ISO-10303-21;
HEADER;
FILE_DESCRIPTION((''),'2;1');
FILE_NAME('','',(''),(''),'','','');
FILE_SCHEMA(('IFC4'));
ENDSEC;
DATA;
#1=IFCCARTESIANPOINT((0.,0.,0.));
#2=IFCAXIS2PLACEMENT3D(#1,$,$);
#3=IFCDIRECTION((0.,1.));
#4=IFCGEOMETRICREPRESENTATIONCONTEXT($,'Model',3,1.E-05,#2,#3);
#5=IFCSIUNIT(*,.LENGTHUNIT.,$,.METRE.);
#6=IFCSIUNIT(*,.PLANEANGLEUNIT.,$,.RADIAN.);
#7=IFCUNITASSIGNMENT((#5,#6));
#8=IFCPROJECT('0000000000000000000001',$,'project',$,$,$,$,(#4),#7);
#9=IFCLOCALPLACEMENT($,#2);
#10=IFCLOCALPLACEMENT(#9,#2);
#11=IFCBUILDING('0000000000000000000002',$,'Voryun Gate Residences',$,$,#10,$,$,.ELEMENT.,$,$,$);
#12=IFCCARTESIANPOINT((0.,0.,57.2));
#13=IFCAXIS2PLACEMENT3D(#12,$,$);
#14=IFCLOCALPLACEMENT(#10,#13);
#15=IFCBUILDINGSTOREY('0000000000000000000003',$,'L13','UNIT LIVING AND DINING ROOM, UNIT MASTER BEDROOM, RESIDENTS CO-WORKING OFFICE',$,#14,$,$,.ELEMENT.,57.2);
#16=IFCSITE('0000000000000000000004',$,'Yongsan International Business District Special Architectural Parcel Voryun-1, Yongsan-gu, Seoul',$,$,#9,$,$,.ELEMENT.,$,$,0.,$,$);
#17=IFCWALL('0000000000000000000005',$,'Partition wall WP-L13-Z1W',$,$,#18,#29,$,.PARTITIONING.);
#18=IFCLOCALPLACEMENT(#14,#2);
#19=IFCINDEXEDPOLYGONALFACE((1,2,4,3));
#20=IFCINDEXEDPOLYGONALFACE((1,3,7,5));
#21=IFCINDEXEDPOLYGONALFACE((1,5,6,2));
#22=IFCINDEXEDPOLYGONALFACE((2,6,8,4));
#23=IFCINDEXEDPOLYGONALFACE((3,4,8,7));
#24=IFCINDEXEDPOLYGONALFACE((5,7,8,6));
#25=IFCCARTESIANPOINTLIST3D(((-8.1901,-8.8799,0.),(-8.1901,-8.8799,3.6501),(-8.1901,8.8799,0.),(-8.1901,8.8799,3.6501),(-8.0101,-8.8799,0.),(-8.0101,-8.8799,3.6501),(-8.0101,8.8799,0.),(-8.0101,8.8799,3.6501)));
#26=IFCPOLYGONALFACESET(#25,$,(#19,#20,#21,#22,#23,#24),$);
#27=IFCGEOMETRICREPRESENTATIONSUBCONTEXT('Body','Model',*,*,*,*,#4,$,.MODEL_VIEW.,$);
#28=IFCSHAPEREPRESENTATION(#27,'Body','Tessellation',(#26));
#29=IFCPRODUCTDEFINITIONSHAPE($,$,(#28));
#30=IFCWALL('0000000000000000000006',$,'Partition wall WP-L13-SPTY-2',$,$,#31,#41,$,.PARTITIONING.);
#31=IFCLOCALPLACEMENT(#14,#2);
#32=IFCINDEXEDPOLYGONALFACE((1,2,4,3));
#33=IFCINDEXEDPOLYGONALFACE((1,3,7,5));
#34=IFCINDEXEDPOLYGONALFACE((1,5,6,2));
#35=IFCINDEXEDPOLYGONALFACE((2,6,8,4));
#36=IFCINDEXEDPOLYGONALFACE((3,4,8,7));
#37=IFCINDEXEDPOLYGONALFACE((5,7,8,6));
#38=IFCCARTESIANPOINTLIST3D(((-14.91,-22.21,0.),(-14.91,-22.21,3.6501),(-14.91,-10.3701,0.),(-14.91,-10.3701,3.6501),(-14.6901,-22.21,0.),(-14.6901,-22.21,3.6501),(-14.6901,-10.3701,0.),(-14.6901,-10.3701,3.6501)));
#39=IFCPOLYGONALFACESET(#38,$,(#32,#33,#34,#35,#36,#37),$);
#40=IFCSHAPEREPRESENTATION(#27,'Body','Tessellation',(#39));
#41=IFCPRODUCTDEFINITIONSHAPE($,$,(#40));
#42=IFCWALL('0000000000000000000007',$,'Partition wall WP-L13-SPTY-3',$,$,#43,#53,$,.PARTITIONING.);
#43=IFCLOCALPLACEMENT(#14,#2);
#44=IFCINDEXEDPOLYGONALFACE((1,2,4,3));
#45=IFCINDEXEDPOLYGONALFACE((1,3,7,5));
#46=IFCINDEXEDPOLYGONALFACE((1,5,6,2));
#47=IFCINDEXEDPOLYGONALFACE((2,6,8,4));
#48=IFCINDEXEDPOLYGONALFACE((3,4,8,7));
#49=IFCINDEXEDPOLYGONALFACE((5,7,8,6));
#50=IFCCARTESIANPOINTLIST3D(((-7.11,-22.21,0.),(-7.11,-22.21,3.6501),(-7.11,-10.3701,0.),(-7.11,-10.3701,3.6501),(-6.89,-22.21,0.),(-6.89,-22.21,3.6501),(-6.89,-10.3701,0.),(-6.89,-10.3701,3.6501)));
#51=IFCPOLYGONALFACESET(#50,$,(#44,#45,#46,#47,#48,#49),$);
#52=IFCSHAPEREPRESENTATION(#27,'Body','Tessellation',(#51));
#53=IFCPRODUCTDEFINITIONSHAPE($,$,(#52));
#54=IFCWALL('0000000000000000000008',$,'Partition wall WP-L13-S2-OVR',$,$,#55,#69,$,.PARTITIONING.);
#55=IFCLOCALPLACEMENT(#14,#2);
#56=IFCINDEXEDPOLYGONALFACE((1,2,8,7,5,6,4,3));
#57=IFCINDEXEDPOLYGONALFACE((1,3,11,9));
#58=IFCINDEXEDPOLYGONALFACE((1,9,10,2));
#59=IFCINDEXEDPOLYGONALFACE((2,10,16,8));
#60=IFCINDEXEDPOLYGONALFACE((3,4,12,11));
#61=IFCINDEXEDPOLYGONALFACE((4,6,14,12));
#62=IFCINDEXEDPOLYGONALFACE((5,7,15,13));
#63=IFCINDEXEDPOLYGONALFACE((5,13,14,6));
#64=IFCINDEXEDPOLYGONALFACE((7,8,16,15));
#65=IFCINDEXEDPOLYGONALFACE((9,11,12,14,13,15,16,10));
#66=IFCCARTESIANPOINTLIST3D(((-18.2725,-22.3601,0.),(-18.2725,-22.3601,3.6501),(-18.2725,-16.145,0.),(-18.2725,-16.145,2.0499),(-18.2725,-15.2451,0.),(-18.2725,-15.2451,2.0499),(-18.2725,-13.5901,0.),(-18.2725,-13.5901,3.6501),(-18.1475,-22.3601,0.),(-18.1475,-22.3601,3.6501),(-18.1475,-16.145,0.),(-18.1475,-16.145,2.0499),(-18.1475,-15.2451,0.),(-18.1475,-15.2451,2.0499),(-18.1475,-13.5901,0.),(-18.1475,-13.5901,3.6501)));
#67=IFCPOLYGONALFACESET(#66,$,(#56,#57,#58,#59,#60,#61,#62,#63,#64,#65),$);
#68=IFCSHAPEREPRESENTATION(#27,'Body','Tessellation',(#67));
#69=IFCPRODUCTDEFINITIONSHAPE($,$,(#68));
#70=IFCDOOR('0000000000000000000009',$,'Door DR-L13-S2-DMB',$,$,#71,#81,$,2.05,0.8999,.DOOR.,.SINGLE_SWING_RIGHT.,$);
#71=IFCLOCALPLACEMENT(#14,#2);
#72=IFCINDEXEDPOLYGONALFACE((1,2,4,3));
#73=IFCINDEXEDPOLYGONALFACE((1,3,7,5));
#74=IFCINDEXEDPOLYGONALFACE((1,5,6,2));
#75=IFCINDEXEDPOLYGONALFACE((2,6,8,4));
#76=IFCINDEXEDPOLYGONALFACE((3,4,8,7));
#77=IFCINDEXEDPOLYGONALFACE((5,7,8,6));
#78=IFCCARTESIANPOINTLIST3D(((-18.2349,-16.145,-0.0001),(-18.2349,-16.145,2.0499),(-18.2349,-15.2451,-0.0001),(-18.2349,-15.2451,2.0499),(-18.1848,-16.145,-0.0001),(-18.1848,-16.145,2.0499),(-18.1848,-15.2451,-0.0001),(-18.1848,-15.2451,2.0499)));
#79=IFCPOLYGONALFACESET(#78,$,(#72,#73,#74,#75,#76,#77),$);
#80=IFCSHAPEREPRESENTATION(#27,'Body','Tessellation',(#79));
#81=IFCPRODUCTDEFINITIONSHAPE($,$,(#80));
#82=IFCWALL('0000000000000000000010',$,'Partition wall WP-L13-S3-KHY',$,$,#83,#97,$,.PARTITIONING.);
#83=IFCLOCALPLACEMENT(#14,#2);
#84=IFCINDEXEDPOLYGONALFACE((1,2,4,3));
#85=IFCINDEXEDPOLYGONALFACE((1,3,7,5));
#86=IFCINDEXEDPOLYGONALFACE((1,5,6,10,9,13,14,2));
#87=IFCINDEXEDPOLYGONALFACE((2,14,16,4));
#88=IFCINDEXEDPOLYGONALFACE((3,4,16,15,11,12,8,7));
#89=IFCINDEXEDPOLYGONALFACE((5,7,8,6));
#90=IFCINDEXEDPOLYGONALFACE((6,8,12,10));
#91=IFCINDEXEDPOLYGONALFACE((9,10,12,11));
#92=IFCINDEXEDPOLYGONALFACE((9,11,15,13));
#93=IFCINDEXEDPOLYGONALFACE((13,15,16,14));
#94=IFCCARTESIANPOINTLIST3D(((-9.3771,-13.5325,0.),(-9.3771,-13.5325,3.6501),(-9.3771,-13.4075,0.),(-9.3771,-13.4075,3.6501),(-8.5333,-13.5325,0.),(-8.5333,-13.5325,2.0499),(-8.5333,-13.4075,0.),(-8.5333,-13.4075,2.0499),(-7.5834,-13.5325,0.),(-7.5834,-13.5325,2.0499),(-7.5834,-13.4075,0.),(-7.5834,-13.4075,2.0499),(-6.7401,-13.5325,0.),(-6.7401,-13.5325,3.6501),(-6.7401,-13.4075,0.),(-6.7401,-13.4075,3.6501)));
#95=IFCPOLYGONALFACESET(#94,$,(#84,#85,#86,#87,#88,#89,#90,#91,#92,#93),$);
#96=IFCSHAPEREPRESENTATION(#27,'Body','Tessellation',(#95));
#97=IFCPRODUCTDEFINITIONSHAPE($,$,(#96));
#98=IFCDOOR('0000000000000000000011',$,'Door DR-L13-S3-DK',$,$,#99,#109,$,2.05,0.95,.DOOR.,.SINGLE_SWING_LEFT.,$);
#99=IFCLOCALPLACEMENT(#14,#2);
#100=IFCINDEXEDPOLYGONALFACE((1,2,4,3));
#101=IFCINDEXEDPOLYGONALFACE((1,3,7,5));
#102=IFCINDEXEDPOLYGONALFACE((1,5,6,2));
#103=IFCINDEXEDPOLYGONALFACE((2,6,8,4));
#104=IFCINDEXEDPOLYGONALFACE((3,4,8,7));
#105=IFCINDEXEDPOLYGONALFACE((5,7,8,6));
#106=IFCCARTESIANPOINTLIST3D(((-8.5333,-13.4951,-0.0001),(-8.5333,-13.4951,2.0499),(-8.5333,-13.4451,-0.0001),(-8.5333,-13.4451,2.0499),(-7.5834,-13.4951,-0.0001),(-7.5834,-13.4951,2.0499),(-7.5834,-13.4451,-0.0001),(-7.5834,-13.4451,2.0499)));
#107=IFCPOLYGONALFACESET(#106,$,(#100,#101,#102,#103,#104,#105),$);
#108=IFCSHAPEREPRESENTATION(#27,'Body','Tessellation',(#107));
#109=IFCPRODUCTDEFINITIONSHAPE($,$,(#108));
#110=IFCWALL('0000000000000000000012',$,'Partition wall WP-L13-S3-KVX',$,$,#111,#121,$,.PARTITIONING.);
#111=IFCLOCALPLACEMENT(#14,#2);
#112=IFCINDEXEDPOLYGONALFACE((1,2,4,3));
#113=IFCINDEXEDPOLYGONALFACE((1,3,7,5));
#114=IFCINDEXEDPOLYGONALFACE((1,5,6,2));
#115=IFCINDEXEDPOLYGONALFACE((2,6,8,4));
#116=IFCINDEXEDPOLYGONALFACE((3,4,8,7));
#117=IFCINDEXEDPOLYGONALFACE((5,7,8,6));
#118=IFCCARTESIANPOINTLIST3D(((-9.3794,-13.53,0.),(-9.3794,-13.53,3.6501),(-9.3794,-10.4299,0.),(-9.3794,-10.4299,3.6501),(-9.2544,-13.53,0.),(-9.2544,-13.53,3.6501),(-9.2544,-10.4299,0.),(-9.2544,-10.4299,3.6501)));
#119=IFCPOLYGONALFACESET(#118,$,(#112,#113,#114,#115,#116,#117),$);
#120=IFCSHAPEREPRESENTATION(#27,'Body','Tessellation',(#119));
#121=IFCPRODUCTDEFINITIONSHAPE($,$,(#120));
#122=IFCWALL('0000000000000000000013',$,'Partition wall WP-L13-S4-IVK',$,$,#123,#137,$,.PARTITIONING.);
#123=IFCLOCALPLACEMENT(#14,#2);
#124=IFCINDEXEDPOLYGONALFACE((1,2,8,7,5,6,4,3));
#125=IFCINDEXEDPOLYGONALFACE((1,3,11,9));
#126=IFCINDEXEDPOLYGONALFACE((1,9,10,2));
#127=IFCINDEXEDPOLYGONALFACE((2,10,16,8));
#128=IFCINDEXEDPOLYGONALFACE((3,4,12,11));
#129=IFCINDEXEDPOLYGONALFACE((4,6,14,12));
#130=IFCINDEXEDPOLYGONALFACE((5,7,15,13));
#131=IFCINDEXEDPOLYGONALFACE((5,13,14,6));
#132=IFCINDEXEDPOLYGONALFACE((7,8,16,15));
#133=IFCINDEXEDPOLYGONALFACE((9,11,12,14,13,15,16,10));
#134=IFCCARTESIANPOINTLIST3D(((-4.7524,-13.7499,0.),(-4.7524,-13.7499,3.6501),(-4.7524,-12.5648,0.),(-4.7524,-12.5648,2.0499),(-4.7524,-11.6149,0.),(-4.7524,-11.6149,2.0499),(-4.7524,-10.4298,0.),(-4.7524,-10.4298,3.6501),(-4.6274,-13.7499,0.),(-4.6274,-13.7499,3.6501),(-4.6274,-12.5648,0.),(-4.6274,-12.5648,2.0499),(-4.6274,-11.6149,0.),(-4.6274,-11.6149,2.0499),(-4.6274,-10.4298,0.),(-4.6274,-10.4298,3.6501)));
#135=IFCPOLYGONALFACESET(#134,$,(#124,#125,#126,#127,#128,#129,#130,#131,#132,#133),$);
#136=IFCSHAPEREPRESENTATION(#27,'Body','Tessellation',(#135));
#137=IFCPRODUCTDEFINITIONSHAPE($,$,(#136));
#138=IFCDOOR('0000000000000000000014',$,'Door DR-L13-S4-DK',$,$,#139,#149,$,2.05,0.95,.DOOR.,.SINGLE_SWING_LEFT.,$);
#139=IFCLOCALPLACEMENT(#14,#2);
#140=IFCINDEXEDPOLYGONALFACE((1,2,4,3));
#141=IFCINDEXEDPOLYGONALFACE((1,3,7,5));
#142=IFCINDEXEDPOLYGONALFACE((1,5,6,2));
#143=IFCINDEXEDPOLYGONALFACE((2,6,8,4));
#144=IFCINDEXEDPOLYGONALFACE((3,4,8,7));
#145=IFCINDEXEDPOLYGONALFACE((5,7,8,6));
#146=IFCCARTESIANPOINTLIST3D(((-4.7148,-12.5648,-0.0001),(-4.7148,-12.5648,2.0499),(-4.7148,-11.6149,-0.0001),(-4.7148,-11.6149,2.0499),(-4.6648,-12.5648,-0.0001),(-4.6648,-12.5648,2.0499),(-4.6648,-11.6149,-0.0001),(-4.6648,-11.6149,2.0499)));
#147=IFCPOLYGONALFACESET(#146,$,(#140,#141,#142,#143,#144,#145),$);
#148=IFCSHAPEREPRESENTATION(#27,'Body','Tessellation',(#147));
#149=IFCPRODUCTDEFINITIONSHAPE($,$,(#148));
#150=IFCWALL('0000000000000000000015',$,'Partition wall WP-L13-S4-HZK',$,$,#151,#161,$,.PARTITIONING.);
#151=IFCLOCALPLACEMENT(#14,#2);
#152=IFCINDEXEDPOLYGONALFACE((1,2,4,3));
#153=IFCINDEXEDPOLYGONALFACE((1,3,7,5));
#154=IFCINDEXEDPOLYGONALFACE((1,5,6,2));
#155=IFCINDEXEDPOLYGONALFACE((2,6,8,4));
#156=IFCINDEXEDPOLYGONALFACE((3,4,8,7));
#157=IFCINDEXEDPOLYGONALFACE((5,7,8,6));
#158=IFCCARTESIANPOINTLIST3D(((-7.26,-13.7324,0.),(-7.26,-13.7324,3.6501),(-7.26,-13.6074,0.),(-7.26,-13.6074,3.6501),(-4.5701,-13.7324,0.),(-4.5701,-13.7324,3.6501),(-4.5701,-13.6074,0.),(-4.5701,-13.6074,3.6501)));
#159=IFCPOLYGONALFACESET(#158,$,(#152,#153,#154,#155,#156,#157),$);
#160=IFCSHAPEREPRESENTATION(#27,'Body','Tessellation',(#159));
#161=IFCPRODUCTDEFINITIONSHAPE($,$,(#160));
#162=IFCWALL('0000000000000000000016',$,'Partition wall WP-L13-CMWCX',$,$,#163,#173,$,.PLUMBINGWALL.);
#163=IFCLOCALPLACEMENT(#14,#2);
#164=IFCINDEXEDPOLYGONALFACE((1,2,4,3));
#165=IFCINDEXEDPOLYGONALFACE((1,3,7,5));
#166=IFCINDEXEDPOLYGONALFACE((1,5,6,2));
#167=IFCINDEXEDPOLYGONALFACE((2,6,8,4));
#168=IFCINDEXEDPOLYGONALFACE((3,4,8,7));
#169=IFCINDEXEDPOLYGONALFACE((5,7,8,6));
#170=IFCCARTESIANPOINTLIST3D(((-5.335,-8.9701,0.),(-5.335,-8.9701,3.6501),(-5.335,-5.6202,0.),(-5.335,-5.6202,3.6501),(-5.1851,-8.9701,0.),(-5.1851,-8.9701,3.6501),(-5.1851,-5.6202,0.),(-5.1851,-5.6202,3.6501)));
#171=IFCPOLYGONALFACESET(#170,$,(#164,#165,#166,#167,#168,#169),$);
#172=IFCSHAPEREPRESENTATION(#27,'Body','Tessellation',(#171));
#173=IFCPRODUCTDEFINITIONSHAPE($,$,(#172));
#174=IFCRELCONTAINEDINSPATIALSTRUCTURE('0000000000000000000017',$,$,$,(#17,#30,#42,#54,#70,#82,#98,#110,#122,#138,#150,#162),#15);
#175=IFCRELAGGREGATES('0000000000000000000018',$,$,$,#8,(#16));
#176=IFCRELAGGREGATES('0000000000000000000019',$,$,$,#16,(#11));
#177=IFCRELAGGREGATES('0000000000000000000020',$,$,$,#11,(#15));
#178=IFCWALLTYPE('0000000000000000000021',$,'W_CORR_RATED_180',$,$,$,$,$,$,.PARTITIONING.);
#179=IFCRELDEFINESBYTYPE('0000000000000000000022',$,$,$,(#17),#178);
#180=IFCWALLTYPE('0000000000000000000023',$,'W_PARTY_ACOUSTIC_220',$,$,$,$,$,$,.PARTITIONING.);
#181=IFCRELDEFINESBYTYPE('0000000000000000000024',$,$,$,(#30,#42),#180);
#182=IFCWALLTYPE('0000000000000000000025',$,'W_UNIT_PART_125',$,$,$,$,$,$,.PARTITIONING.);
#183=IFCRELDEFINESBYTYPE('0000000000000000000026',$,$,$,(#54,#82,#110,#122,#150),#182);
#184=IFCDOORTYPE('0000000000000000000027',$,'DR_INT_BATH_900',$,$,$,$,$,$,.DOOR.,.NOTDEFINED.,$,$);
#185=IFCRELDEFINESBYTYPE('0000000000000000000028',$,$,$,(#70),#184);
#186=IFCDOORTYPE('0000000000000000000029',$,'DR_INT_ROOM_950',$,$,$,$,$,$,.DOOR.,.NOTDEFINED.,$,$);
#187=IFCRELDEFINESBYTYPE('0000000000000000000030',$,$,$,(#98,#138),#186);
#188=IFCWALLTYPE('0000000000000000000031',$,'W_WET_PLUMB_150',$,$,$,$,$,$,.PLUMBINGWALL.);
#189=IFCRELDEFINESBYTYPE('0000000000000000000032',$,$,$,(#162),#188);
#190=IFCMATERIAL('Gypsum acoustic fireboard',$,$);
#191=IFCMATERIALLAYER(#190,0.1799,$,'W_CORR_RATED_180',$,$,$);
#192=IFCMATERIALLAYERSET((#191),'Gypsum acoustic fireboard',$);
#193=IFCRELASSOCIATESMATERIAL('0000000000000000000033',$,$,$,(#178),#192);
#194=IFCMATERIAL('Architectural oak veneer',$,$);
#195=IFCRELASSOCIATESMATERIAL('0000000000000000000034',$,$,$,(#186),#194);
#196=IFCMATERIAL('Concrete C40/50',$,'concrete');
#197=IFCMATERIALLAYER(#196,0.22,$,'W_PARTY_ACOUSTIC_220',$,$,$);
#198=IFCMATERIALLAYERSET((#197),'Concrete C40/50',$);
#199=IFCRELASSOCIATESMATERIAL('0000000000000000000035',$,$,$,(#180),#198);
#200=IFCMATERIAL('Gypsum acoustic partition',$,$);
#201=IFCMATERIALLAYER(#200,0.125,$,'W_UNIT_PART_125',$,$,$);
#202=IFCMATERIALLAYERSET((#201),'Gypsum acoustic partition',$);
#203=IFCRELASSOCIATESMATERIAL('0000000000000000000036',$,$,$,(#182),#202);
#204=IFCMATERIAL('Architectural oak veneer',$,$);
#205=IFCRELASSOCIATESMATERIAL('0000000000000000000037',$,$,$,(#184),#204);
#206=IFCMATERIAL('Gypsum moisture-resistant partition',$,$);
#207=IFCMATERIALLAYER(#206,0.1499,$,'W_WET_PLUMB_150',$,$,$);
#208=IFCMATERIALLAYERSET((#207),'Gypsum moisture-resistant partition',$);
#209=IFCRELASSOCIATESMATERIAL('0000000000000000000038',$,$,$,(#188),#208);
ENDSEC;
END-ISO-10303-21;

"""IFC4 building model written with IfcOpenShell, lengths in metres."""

from ifc_helpers import new_model, si_unit, direction, frame, frame_2d, origin, place, context, subcontext, project, spatial, rectangle, extrude, material, layer, layer_set, type_object, element, fill, save


model = new_model("IFC4")

# Units and contexts
model_context = context("Model", 3, precision=1e-05, world=origin(), true_north=direction((0.0, 1.0)))
body_context = subcontext(model_context, "Body", "Model", "MODEL_VIEW")
ifc_project = project(units=[si_unit("LENGTHUNIT", "METRE"), si_unit("PLANEANGLEUNIT", "RADIAN")], contexts=[model_context])

# Site, building, storey
site_placement = place(None, origin())
site = spatial("IfcSite", under=ifc_project, at=site_placement, Name="Yongsan International Business District Special Architectural Parcel Voryun-1, Yongsan-gu, Seoul", CompositionType="ELEMENT", RefElevation=0.0)
building_placement = place(site_placement, origin())
building = spatial("IfcBuilding", under=site, at=building_placement, Name="Voryun Gate Residences", CompositionType="ELEMENT")
storey_placement = place(building_placement, frame((0.0, 0.0, 57.2)))
storey = spatial("IfcBuildingStorey", under=building, at=storey_placement, Name="L13", Description="UNIT LIVING AND DINING ROOM, UNIT MASTER BEDROOM, RESIDENTS CO-WORKING OFFICE", CompositionType="ELEMENT", Elevation=57.2)

# Shared definitions
ifc_material_1 = material(Name="Gypsum acoustic fireboard")
ifc_layer_1 = layer(ifc_material_1, 0.1799, Name="W_CORR_RATED_180")
ifc_layer_set_1 = layer_set([ifc_layer_1], Name="Gypsum acoustic fireboard")
wall_type_1 = type_object("IfcWallType", Name="W_CORR_RATED_180", PredefinedType="PARTITIONING", material=ifc_layer_set_1)

# Shared definitions
ifc_material_2 = material(Name="Architectural oak veneer")
door_type_1 = type_object("IfcDoorType", Name="DR_INT_ROOM_950", OperationType="NOTDEFINED", PredefinedType="DOOR", material=ifc_material_2)

# Walls
wall_1_placement = place(storey_placement, frame((-8.1001, -8.8799, 0.0), z_axis=(0.0, 0.0, 1.0), x_axis=(0.0, 1.0, 0.0)))
element("IfcWall", 1, at=wall_1_placement, inside=storey, type_object=wall_type_1, Name="Partition wall WP-L13-Z1W", PredefinedType="PARTITIONING", context=body_context, shape_type="SweptSolid", body=[
    extrude(rectangle(XDim=17.7598, YDim=0.1799, at=frame_2d((8.8799, 0.0))), origin(), (0.0, 0.0, 1.0), 3.6501),
])
ifc_material_3 = material(Name="Concrete C40/50", Category="concrete")
ifc_layer_2 = layer(ifc_material_3, 0.22, Name="W_PARTY_ACOUSTIC_220")
ifc_layer_set_2 = layer_set([ifc_layer_2], Name="Concrete C40/50")
wall_type_2 = type_object("IfcWallType", Name="W_PARTY_ACOUSTIC_220", PredefinedType="PARTITIONING", material=ifc_layer_set_2)
for number, where, z_axis, x_axis, name in (
    (2, (-14.8, -22.21, 0.0), (0.0, 0.0, 1.0), (0.0, 1.0, 0.0), "Partition wall WP-L13-SPTY-2"),
    (3, (-7.0, -22.21, 0.0), (0.0, 0.0, 1.0), (0.0, 1.0, 0.0), "Partition wall WP-L13-SPTY-3"),
):
    element("IfcWall", number, at=place(storey_placement, frame(where, z_axis=z_axis, x_axis=x_axis)), inside=storey, type_object=wall_type_2, Name=name, PredefinedType="PARTITIONING", context=body_context, shape_type="SweptSolid", body=[
        extrude(rectangle(XDim=11.8398, YDim=0.22, at=frame_2d((5.9199, 0.0))), origin(), (0.0, 0.0, 1.0), 3.6501),
    ])

# Walls, openings, doors
ifc_material_4 = material(Name="Gypsum acoustic partition")
ifc_layer_3 = layer(ifc_material_4, 0.125, Name="W_UNIT_PART_125")
ifc_layer_set_3 = layer_set([ifc_layer_3], Name="Gypsum acoustic partition")
wall_type_3 = type_object("IfcWallType", Name="W_UNIT_PART_125", PredefinedType="PARTITIONING", material=ifc_layer_set_3)
wall_2_placement = place(storey_placement, frame((-18.21, -22.3601, 0.0), z_axis=(0.0, 0.0, 1.0), x_axis=(0.0, 1.0, 0.0)))
wall_2 = element("IfcWall", 4, at=wall_2_placement, inside=storey, type_object=wall_type_3, Name="Partition wall WP-L13-S2-OVR", PredefinedType="PARTITIONING", context=body_context, shape_type="SweptSolid", body=[
    extrude(rectangle(XDim=8.77, YDim=0.125, at=frame_2d((4.385, 0.0))), origin(), (0.0, 0.0, 1.0), 3.6501),
])
opening_1_placement = place(wall_2_placement, frame((6.2151, 0.0, 0.0)))
opening_1 = element("IfcOpeningElement", 5, at=opening_1_placement, cuts=wall_2, PredefinedType="OPENING", context=body_context, shape_type="SweptSolid", body=[
    extrude(rectangle(XDim=0.8999, YDim=2.05, at=frame_2d((0.45, 1.0249))), frame((0.0, 0.0725, 0.0), z_axis=(0.0, -1.0, 0.0), x_axis=(1.0, 0.0, 0.0)), (0.0, 0.0, 1.0), 0.145),
])
ifc_material_5 = material(Name="Architectural oak veneer")
door_type_2 = type_object("IfcDoorType", Name="DR_INT_BATH_900", OperationType="NOTDEFINED", PredefinedType="DOOR", material=ifc_material_5)
door_1_placement = place(opening_1_placement, origin())
door_1 = element("IfcDoor", 6, at=door_1_placement, inside=storey, type_object=door_type_2, Name="Door DR-L13-S2-DMB", OperationType="SINGLE_SWING_RIGHT", OverallHeight=2.05, OverallWidth=0.8999, PredefinedType="DOOR", context=body_context, shape_type="SweptSolid", body=[
    extrude(rectangle(XDim=0.8999, YDim=2.05, at=frame_2d((0.45, 1.0249))), frame((0.0, 0.0249, 0.0), z_axis=(0.0, -1.0, 0.0), x_axis=(1.0, 0.0, 0.0)), (0.0, 0.0, 1.0), 0.05),
])
fill(opening_1, door_1)
wall_3_placement = place(storey_placement, frame((-9.377, -13.47, 0.0), z_axis=(0.0, 0.0, 1.0), x_axis=(1.0, 0.0, 0.0)))
wall_3 = element("IfcWall", 7, at=wall_3_placement, inside=storey, type_object=wall_type_3, Name="Partition wall WP-L13-S3-KHY", PredefinedType="PARTITIONING", context=body_context, shape_type="SweptSolid", body=[
    extrude(rectangle(XDim=2.637, YDim=0.125, at=frame_2d((1.3184, 0.0))), origin(), (0.0, 0.0, 1.0), 3.6501),
])
opening_2_placement = place(wall_3_placement, frame((0.8435, 0.0, 0.0)))
opening_2 = element("IfcOpeningElement", 8, at=opening_2_placement, cuts=wall_3, PredefinedType="OPENING", context=body_context, shape_type="SweptSolid", body=[
    extrude(rectangle(XDim=0.95, YDim=2.05, at=frame_2d((0.4751, 1.0249))), frame((0.0, 0.0725, 0.0), z_axis=(0.0, -1.0, 0.0), x_axis=(1.0, 0.0, 0.0)), (0.0, 0.0, 1.0), 0.145),
])
door_2_placement = place(opening_2_placement, origin())
door_2 = element("IfcDoor", 9, at=door_2_placement, inside=storey, type_object=door_type_1, Name="Door DR-L13-S3-DK", OperationType="SINGLE_SWING_LEFT", OverallHeight=2.05, OverallWidth=0.95, PredefinedType="DOOR", context=body_context, shape_type="SweptSolid", body=[
    extrude(rectangle(XDim=0.95, YDim=2.05, at=frame_2d((0.4751, 1.0249))), frame((0.0, 0.0249, 0.0), z_axis=(0.0, -1.0, 0.0), x_axis=(1.0, 0.0, 0.0)), (0.0, 0.0, 1.0), 0.05),
])
fill(opening_2, door_2)

# Wall
wall_4_placement = place(storey_placement, frame((-9.3169, -13.53, 0.0), z_axis=(0.0, 0.0, 1.0), x_axis=(0.0, 1.0, 0.0)))
element("IfcWall", 10, at=wall_4_placement, inside=storey, type_object=wall_type_3, Name="Partition wall WP-L13-S3-KVX", PredefinedType="PARTITIONING", context=body_context, shape_type="SweptSolid", body=[
    extrude(rectangle(XDim=3.1001, YDim=0.125, at=frame_2d((1.55, 0.0))), origin(), (0.0, 0.0, 1.0), 3.6501),
])

# Wall, opening, door
wall_5_placement = place(storey_placement, frame((-4.6899, -13.75, 0.0), z_axis=(0.0, 0.0, 1.0), x_axis=(0.0, 1.0, 0.0)))
wall_5 = element("IfcWall", 11, at=wall_5_placement, inside=storey, type_object=wall_type_3, Name="Partition wall WP-L13-S4-IVK", PredefinedType="PARTITIONING", context=body_context, shape_type="SweptSolid", body=[
    extrude(rectangle(XDim=3.3201, YDim=0.125, at=frame_2d((1.6602, 0.0))), origin(), (0.0, 0.0, 1.0), 3.6501),
])
opening_3_placement = place(wall_5_placement, frame((1.1851, 0.0, 0.0)))
opening_3 = element("IfcOpeningElement", 12, at=opening_3_placement, cuts=wall_5, PredefinedType="OPENING", context=body_context, shape_type="SweptSolid", body=[
    extrude(rectangle(XDim=0.95, YDim=2.05, at=frame_2d((0.4751, 1.0249))), frame((0.0, 0.0725, 0.0), z_axis=(0.0, -1.0, 0.0), x_axis=(1.0, 0.0, 0.0)), (0.0, 0.0, 1.0), 0.145),
])
door_3_placement = place(opening_3_placement, origin())
door_3 = element("IfcDoor", 13, at=door_3_placement, inside=storey, type_object=door_type_1, Name="Door DR-L13-S4-DK", OperationType="SINGLE_SWING_LEFT", OverallHeight=2.05, OverallWidth=0.95, PredefinedType="DOOR", context=body_context, shape_type="SweptSolid", body=[
    extrude(rectangle(XDim=0.95, YDim=2.05, at=frame_2d((0.4751, 1.0249))), frame((0.0, 0.0249, 0.0), z_axis=(0.0, -1.0, 0.0), x_axis=(1.0, 0.0, 0.0)), (0.0, 0.0, 1.0), 0.05),
])
fill(opening_3, door_3)

# Walls
wall_6_placement = place(storey_placement, frame((-7.26, -13.6699, 0.0), z_axis=(0.0, 0.0, 1.0), x_axis=(1.0, 0.0, 0.0)))
element("IfcWall", 14, at=wall_6_placement, inside=storey, type_object=wall_type_3, Name="Partition wall WP-L13-S4-HZK", PredefinedType="PARTITIONING", context=body_context, shape_type="SweptSolid", body=[
    extrude(rectangle(XDim=2.6899, YDim=0.125, at=frame_2d((1.345, 0.0))), origin(), (0.0, 0.0, 1.0), 3.6501),
])
ifc_material_6 = material(Name="Gypsum moisture-resistant partition")
ifc_layer_4 = layer(ifc_material_6, 0.1499, Name="W_WET_PLUMB_150")
ifc_layer_set_4 = layer_set([ifc_layer_4], Name="Gypsum moisture-resistant partition")
wall_type_4 = type_object("IfcWallType", Name="W_WET_PLUMB_150", PredefinedType="PLUMBINGWALL", material=ifc_layer_set_4)
wall_7_placement = place(storey_placement, frame((-5.26, -8.97, 0.0), z_axis=(0.0, 0.0, 1.0), x_axis=(0.0, 1.0, 0.0)))
element("IfcWall", 15, at=wall_7_placement, inside=storey, type_object=wall_type_4, Name="Partition wall WP-L13-CMWCX", PredefinedType="PLUMBINGWALL", context=body_context, shape_type="SweptSolid", body=[
    extrude(rectangle(XDim=3.3499, YDim=0.1499, at=frame_2d((1.6748, 0.0))), origin(), (0.0, 0.0, 1.0), 3.6501),
])

save(model, "model.ifc")
